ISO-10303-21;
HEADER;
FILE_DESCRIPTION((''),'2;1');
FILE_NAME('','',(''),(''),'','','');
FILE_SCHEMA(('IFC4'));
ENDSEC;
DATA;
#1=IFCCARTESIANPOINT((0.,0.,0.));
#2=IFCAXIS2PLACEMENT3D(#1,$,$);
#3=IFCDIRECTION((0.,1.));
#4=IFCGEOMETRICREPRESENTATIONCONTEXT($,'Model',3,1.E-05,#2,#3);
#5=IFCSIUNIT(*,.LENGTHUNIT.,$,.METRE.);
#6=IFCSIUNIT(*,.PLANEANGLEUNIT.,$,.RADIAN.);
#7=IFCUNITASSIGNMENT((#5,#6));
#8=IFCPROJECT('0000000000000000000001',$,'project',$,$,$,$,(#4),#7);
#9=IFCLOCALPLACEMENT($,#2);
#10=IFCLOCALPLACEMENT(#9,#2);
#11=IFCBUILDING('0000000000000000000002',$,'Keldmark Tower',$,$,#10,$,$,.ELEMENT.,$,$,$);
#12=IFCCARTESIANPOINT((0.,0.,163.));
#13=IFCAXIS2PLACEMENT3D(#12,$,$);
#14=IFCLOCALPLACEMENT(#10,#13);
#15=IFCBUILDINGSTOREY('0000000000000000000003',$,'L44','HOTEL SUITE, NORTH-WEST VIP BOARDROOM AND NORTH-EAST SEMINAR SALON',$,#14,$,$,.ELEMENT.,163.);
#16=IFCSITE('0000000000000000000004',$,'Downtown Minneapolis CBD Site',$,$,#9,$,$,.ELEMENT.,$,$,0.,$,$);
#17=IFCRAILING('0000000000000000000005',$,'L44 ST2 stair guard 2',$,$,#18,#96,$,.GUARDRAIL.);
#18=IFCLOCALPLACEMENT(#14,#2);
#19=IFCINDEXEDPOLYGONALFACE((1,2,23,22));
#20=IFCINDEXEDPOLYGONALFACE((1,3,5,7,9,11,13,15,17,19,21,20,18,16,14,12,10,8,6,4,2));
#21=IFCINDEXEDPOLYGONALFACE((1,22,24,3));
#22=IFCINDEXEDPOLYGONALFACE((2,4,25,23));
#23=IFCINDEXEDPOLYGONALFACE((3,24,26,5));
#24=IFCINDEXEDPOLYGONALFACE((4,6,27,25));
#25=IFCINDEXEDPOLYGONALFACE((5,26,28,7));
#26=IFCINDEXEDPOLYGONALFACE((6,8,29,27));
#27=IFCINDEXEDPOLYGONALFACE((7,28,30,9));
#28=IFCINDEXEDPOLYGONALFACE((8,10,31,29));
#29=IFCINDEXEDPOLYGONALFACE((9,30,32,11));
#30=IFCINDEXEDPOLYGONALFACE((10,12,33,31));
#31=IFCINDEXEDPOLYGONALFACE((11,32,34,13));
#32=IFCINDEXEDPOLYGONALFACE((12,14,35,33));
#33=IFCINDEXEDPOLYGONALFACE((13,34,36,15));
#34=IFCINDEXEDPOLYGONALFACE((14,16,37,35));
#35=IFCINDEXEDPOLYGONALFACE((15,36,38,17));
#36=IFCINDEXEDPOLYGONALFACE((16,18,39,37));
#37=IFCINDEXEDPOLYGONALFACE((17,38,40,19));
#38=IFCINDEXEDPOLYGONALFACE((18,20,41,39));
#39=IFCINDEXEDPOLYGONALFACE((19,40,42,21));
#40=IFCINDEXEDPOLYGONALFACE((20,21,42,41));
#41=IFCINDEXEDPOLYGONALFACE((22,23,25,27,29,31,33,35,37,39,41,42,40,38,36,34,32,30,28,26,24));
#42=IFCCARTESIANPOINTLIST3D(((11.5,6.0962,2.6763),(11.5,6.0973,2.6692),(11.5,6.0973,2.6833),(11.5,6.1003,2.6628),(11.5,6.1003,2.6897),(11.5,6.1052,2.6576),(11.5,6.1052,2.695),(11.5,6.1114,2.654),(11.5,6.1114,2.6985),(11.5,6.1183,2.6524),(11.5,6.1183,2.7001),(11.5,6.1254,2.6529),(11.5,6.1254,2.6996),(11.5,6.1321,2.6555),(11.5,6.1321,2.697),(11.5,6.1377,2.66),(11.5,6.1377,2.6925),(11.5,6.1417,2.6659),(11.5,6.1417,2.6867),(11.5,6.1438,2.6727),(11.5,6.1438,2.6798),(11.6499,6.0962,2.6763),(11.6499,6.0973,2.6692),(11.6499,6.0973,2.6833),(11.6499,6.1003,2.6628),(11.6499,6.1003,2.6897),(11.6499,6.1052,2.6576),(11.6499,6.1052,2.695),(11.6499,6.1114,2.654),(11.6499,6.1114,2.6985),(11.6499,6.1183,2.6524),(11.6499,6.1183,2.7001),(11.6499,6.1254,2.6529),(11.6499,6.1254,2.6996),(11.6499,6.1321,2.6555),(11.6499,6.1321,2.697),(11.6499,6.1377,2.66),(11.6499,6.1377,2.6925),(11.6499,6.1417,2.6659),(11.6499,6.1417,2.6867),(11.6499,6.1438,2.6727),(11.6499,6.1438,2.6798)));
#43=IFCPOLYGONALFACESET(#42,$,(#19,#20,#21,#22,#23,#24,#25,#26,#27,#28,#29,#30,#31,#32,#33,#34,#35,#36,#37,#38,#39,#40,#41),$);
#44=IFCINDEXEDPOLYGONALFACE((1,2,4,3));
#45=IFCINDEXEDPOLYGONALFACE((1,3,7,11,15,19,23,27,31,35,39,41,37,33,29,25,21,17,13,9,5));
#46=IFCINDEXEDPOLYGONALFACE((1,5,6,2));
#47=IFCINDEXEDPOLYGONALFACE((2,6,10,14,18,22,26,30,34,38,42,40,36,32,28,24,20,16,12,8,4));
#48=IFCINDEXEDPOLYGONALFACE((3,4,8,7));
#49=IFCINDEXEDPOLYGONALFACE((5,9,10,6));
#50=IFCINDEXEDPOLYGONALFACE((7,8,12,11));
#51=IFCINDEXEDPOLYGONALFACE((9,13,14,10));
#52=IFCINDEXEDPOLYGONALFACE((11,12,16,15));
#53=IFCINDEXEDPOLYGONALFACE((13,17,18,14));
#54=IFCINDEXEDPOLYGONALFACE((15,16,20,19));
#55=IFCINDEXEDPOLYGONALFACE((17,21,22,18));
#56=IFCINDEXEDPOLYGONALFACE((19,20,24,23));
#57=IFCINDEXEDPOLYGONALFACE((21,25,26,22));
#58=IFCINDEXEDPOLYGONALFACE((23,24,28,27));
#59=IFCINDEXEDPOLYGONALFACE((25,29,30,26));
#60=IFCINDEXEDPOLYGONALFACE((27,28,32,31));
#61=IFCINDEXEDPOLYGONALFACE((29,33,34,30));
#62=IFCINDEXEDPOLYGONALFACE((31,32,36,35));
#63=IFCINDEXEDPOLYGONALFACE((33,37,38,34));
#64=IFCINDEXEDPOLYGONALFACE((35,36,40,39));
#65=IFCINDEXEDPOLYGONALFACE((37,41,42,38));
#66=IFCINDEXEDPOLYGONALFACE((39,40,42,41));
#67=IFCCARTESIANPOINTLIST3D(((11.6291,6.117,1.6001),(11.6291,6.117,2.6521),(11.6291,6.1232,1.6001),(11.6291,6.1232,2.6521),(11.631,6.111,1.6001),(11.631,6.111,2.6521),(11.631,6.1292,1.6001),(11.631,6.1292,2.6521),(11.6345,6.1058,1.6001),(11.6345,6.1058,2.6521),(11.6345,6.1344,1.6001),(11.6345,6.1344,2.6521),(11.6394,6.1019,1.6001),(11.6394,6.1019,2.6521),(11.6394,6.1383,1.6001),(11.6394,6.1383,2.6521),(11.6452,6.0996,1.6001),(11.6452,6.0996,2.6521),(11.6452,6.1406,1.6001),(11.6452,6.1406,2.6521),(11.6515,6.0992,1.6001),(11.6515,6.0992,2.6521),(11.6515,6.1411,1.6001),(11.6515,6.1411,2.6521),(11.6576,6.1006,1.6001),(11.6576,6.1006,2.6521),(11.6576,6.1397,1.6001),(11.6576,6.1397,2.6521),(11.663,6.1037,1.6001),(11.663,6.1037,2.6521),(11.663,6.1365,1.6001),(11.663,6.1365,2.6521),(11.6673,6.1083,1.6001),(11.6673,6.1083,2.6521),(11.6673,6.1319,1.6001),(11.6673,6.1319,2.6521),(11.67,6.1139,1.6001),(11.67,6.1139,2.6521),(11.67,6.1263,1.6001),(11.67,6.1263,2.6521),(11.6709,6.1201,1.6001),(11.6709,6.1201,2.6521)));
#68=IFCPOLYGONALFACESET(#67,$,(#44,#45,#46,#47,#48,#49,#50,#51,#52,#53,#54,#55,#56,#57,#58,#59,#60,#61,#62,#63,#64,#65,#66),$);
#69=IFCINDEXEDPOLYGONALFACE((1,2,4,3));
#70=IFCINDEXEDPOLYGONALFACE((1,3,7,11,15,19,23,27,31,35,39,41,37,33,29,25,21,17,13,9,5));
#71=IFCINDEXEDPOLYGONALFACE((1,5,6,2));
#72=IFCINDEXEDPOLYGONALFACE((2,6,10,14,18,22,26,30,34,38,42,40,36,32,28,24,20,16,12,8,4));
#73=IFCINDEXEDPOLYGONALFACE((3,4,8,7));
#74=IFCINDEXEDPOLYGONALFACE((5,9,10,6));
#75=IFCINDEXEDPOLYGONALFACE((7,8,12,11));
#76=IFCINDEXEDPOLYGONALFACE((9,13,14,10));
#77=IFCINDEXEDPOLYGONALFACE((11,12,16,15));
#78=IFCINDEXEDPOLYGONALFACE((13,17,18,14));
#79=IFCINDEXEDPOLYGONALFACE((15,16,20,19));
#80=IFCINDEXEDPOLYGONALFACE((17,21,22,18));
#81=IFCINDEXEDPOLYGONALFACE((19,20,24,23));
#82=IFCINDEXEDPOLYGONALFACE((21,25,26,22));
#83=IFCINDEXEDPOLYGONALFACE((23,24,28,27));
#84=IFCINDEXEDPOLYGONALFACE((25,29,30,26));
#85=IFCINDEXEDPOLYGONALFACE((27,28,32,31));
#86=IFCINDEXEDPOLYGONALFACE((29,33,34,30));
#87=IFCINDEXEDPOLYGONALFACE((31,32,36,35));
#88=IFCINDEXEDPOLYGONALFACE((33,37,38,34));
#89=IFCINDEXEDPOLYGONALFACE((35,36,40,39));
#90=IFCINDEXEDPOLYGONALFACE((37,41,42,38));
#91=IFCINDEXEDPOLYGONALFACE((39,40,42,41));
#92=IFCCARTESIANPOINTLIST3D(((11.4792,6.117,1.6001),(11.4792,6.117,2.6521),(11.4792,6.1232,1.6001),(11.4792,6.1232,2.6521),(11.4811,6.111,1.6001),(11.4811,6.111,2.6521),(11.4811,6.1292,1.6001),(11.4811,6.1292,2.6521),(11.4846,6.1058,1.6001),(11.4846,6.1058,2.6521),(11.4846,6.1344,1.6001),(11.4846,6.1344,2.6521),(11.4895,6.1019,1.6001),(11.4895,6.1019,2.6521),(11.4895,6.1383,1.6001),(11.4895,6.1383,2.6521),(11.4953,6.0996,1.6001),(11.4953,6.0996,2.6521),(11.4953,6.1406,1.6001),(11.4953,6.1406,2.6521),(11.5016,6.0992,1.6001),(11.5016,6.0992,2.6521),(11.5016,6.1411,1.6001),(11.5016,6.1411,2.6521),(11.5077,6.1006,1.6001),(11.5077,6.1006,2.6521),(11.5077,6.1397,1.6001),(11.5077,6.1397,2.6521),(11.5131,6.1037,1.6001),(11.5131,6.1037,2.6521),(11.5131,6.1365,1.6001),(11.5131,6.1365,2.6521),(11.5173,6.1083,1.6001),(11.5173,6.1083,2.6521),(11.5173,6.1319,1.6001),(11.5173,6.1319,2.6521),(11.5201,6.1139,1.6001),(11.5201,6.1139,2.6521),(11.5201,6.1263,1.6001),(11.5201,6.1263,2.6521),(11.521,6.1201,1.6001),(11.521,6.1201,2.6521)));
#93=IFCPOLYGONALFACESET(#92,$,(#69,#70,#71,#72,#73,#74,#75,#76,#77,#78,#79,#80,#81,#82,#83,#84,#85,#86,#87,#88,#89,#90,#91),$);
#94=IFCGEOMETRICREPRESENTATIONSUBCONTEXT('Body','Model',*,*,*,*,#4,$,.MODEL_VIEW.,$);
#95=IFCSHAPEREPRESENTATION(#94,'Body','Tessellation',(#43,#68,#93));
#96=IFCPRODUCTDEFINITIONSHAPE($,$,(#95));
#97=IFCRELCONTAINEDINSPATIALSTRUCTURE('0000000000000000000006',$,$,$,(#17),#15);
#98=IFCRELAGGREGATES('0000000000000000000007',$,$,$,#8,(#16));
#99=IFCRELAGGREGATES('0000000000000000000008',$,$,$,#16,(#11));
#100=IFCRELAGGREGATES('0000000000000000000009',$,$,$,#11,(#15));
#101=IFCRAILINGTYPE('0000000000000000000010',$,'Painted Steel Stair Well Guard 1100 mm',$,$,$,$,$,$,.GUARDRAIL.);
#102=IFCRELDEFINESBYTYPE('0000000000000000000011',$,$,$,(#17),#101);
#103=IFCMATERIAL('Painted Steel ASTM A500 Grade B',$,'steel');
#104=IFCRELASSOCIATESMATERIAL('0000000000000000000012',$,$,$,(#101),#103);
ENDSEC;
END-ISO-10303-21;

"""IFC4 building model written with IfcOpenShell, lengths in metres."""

from ifc_helpers import new_model, si_unit, direction, frame, origin, origin_2d, place, context, subcontext, project, spatial, circle, extrude, material, type_object, element, save


model = new_model("IFC4")

# Units and contexts
model_context = context("Model", 3, precision=1e-05, world=origin(), true_north=direction((0.0, 1.0)))
body_context = subcontext(model_context, "Body", "Model", "MODEL_VIEW")
ifc_project = project(units=[si_unit("LENGTHUNIT", "METRE"), si_unit("PLANEANGLEUNIT", "RADIAN")], contexts=[model_context])

# Site, building, storey
site_placement = place(None, origin())
site = spatial("IfcSite", under=ifc_project, at=site_placement, Name="Downtown Minneapolis CBD Site", CompositionType="ELEMENT", RefElevation=0.0)
building_placement = place(site_placement, origin())
building = spatial("IfcBuilding", under=site, at=building_placement, Name="Keldmark Tower", CompositionType="ELEMENT")
storey_placement = place(building_placement, frame((0.0, 0.0, 163.0)))
storey = spatial("IfcBuildingStorey", under=building, at=storey_placement, Name="L44", Description="HOTEL SUITE, NORTH-WEST VIP BOARDROOM AND NORTH-EAST SEMINAR SALON", CompositionType="ELEMENT", Elevation=163.0)

# Railing
ifc_material_1 = material(Name="Painted Steel ASTM A500 Grade B", Category="steel")
railing_type_1 = type_object("IfcRailingType", Name="Painted Steel Stair Well Guard 1100 mm", PredefinedType="GUARDRAIL", material=ifc_material_1)
railing_1_placement = place(storey_placement, frame((11.6499, 6.1201, 1.6001)))
element("IfcRailing", 1, at=railing_1_placement, inside=storey, type_object=railing_type_1, Name="L44 ST2 stair guard 2", PredefinedType="GUARDRAIL", context=body_context, shape_type="SweptSolid", body=[
    extrude(circle(Radius=0.0239, at=origin_2d()), frame((0.0, 0.0, 1.0762), z_axis=(-1.0, 0.0, 0.0), x_axis=(0.0, -1.0, 0.0)), (0.0, 0.0, 1.0), 0.1499),
    extrude(circle(Radius=0.021, at=origin_2d()), origin(), (0.0, 0.0, 1.0), 1.052),
    extrude(circle(Radius=0.021, at=origin_2d()), frame((-0.1499, 0.0, 0.0)), (0.0, 0.0, 1.0), 1.052),
])

save(model, "model.ifc")
